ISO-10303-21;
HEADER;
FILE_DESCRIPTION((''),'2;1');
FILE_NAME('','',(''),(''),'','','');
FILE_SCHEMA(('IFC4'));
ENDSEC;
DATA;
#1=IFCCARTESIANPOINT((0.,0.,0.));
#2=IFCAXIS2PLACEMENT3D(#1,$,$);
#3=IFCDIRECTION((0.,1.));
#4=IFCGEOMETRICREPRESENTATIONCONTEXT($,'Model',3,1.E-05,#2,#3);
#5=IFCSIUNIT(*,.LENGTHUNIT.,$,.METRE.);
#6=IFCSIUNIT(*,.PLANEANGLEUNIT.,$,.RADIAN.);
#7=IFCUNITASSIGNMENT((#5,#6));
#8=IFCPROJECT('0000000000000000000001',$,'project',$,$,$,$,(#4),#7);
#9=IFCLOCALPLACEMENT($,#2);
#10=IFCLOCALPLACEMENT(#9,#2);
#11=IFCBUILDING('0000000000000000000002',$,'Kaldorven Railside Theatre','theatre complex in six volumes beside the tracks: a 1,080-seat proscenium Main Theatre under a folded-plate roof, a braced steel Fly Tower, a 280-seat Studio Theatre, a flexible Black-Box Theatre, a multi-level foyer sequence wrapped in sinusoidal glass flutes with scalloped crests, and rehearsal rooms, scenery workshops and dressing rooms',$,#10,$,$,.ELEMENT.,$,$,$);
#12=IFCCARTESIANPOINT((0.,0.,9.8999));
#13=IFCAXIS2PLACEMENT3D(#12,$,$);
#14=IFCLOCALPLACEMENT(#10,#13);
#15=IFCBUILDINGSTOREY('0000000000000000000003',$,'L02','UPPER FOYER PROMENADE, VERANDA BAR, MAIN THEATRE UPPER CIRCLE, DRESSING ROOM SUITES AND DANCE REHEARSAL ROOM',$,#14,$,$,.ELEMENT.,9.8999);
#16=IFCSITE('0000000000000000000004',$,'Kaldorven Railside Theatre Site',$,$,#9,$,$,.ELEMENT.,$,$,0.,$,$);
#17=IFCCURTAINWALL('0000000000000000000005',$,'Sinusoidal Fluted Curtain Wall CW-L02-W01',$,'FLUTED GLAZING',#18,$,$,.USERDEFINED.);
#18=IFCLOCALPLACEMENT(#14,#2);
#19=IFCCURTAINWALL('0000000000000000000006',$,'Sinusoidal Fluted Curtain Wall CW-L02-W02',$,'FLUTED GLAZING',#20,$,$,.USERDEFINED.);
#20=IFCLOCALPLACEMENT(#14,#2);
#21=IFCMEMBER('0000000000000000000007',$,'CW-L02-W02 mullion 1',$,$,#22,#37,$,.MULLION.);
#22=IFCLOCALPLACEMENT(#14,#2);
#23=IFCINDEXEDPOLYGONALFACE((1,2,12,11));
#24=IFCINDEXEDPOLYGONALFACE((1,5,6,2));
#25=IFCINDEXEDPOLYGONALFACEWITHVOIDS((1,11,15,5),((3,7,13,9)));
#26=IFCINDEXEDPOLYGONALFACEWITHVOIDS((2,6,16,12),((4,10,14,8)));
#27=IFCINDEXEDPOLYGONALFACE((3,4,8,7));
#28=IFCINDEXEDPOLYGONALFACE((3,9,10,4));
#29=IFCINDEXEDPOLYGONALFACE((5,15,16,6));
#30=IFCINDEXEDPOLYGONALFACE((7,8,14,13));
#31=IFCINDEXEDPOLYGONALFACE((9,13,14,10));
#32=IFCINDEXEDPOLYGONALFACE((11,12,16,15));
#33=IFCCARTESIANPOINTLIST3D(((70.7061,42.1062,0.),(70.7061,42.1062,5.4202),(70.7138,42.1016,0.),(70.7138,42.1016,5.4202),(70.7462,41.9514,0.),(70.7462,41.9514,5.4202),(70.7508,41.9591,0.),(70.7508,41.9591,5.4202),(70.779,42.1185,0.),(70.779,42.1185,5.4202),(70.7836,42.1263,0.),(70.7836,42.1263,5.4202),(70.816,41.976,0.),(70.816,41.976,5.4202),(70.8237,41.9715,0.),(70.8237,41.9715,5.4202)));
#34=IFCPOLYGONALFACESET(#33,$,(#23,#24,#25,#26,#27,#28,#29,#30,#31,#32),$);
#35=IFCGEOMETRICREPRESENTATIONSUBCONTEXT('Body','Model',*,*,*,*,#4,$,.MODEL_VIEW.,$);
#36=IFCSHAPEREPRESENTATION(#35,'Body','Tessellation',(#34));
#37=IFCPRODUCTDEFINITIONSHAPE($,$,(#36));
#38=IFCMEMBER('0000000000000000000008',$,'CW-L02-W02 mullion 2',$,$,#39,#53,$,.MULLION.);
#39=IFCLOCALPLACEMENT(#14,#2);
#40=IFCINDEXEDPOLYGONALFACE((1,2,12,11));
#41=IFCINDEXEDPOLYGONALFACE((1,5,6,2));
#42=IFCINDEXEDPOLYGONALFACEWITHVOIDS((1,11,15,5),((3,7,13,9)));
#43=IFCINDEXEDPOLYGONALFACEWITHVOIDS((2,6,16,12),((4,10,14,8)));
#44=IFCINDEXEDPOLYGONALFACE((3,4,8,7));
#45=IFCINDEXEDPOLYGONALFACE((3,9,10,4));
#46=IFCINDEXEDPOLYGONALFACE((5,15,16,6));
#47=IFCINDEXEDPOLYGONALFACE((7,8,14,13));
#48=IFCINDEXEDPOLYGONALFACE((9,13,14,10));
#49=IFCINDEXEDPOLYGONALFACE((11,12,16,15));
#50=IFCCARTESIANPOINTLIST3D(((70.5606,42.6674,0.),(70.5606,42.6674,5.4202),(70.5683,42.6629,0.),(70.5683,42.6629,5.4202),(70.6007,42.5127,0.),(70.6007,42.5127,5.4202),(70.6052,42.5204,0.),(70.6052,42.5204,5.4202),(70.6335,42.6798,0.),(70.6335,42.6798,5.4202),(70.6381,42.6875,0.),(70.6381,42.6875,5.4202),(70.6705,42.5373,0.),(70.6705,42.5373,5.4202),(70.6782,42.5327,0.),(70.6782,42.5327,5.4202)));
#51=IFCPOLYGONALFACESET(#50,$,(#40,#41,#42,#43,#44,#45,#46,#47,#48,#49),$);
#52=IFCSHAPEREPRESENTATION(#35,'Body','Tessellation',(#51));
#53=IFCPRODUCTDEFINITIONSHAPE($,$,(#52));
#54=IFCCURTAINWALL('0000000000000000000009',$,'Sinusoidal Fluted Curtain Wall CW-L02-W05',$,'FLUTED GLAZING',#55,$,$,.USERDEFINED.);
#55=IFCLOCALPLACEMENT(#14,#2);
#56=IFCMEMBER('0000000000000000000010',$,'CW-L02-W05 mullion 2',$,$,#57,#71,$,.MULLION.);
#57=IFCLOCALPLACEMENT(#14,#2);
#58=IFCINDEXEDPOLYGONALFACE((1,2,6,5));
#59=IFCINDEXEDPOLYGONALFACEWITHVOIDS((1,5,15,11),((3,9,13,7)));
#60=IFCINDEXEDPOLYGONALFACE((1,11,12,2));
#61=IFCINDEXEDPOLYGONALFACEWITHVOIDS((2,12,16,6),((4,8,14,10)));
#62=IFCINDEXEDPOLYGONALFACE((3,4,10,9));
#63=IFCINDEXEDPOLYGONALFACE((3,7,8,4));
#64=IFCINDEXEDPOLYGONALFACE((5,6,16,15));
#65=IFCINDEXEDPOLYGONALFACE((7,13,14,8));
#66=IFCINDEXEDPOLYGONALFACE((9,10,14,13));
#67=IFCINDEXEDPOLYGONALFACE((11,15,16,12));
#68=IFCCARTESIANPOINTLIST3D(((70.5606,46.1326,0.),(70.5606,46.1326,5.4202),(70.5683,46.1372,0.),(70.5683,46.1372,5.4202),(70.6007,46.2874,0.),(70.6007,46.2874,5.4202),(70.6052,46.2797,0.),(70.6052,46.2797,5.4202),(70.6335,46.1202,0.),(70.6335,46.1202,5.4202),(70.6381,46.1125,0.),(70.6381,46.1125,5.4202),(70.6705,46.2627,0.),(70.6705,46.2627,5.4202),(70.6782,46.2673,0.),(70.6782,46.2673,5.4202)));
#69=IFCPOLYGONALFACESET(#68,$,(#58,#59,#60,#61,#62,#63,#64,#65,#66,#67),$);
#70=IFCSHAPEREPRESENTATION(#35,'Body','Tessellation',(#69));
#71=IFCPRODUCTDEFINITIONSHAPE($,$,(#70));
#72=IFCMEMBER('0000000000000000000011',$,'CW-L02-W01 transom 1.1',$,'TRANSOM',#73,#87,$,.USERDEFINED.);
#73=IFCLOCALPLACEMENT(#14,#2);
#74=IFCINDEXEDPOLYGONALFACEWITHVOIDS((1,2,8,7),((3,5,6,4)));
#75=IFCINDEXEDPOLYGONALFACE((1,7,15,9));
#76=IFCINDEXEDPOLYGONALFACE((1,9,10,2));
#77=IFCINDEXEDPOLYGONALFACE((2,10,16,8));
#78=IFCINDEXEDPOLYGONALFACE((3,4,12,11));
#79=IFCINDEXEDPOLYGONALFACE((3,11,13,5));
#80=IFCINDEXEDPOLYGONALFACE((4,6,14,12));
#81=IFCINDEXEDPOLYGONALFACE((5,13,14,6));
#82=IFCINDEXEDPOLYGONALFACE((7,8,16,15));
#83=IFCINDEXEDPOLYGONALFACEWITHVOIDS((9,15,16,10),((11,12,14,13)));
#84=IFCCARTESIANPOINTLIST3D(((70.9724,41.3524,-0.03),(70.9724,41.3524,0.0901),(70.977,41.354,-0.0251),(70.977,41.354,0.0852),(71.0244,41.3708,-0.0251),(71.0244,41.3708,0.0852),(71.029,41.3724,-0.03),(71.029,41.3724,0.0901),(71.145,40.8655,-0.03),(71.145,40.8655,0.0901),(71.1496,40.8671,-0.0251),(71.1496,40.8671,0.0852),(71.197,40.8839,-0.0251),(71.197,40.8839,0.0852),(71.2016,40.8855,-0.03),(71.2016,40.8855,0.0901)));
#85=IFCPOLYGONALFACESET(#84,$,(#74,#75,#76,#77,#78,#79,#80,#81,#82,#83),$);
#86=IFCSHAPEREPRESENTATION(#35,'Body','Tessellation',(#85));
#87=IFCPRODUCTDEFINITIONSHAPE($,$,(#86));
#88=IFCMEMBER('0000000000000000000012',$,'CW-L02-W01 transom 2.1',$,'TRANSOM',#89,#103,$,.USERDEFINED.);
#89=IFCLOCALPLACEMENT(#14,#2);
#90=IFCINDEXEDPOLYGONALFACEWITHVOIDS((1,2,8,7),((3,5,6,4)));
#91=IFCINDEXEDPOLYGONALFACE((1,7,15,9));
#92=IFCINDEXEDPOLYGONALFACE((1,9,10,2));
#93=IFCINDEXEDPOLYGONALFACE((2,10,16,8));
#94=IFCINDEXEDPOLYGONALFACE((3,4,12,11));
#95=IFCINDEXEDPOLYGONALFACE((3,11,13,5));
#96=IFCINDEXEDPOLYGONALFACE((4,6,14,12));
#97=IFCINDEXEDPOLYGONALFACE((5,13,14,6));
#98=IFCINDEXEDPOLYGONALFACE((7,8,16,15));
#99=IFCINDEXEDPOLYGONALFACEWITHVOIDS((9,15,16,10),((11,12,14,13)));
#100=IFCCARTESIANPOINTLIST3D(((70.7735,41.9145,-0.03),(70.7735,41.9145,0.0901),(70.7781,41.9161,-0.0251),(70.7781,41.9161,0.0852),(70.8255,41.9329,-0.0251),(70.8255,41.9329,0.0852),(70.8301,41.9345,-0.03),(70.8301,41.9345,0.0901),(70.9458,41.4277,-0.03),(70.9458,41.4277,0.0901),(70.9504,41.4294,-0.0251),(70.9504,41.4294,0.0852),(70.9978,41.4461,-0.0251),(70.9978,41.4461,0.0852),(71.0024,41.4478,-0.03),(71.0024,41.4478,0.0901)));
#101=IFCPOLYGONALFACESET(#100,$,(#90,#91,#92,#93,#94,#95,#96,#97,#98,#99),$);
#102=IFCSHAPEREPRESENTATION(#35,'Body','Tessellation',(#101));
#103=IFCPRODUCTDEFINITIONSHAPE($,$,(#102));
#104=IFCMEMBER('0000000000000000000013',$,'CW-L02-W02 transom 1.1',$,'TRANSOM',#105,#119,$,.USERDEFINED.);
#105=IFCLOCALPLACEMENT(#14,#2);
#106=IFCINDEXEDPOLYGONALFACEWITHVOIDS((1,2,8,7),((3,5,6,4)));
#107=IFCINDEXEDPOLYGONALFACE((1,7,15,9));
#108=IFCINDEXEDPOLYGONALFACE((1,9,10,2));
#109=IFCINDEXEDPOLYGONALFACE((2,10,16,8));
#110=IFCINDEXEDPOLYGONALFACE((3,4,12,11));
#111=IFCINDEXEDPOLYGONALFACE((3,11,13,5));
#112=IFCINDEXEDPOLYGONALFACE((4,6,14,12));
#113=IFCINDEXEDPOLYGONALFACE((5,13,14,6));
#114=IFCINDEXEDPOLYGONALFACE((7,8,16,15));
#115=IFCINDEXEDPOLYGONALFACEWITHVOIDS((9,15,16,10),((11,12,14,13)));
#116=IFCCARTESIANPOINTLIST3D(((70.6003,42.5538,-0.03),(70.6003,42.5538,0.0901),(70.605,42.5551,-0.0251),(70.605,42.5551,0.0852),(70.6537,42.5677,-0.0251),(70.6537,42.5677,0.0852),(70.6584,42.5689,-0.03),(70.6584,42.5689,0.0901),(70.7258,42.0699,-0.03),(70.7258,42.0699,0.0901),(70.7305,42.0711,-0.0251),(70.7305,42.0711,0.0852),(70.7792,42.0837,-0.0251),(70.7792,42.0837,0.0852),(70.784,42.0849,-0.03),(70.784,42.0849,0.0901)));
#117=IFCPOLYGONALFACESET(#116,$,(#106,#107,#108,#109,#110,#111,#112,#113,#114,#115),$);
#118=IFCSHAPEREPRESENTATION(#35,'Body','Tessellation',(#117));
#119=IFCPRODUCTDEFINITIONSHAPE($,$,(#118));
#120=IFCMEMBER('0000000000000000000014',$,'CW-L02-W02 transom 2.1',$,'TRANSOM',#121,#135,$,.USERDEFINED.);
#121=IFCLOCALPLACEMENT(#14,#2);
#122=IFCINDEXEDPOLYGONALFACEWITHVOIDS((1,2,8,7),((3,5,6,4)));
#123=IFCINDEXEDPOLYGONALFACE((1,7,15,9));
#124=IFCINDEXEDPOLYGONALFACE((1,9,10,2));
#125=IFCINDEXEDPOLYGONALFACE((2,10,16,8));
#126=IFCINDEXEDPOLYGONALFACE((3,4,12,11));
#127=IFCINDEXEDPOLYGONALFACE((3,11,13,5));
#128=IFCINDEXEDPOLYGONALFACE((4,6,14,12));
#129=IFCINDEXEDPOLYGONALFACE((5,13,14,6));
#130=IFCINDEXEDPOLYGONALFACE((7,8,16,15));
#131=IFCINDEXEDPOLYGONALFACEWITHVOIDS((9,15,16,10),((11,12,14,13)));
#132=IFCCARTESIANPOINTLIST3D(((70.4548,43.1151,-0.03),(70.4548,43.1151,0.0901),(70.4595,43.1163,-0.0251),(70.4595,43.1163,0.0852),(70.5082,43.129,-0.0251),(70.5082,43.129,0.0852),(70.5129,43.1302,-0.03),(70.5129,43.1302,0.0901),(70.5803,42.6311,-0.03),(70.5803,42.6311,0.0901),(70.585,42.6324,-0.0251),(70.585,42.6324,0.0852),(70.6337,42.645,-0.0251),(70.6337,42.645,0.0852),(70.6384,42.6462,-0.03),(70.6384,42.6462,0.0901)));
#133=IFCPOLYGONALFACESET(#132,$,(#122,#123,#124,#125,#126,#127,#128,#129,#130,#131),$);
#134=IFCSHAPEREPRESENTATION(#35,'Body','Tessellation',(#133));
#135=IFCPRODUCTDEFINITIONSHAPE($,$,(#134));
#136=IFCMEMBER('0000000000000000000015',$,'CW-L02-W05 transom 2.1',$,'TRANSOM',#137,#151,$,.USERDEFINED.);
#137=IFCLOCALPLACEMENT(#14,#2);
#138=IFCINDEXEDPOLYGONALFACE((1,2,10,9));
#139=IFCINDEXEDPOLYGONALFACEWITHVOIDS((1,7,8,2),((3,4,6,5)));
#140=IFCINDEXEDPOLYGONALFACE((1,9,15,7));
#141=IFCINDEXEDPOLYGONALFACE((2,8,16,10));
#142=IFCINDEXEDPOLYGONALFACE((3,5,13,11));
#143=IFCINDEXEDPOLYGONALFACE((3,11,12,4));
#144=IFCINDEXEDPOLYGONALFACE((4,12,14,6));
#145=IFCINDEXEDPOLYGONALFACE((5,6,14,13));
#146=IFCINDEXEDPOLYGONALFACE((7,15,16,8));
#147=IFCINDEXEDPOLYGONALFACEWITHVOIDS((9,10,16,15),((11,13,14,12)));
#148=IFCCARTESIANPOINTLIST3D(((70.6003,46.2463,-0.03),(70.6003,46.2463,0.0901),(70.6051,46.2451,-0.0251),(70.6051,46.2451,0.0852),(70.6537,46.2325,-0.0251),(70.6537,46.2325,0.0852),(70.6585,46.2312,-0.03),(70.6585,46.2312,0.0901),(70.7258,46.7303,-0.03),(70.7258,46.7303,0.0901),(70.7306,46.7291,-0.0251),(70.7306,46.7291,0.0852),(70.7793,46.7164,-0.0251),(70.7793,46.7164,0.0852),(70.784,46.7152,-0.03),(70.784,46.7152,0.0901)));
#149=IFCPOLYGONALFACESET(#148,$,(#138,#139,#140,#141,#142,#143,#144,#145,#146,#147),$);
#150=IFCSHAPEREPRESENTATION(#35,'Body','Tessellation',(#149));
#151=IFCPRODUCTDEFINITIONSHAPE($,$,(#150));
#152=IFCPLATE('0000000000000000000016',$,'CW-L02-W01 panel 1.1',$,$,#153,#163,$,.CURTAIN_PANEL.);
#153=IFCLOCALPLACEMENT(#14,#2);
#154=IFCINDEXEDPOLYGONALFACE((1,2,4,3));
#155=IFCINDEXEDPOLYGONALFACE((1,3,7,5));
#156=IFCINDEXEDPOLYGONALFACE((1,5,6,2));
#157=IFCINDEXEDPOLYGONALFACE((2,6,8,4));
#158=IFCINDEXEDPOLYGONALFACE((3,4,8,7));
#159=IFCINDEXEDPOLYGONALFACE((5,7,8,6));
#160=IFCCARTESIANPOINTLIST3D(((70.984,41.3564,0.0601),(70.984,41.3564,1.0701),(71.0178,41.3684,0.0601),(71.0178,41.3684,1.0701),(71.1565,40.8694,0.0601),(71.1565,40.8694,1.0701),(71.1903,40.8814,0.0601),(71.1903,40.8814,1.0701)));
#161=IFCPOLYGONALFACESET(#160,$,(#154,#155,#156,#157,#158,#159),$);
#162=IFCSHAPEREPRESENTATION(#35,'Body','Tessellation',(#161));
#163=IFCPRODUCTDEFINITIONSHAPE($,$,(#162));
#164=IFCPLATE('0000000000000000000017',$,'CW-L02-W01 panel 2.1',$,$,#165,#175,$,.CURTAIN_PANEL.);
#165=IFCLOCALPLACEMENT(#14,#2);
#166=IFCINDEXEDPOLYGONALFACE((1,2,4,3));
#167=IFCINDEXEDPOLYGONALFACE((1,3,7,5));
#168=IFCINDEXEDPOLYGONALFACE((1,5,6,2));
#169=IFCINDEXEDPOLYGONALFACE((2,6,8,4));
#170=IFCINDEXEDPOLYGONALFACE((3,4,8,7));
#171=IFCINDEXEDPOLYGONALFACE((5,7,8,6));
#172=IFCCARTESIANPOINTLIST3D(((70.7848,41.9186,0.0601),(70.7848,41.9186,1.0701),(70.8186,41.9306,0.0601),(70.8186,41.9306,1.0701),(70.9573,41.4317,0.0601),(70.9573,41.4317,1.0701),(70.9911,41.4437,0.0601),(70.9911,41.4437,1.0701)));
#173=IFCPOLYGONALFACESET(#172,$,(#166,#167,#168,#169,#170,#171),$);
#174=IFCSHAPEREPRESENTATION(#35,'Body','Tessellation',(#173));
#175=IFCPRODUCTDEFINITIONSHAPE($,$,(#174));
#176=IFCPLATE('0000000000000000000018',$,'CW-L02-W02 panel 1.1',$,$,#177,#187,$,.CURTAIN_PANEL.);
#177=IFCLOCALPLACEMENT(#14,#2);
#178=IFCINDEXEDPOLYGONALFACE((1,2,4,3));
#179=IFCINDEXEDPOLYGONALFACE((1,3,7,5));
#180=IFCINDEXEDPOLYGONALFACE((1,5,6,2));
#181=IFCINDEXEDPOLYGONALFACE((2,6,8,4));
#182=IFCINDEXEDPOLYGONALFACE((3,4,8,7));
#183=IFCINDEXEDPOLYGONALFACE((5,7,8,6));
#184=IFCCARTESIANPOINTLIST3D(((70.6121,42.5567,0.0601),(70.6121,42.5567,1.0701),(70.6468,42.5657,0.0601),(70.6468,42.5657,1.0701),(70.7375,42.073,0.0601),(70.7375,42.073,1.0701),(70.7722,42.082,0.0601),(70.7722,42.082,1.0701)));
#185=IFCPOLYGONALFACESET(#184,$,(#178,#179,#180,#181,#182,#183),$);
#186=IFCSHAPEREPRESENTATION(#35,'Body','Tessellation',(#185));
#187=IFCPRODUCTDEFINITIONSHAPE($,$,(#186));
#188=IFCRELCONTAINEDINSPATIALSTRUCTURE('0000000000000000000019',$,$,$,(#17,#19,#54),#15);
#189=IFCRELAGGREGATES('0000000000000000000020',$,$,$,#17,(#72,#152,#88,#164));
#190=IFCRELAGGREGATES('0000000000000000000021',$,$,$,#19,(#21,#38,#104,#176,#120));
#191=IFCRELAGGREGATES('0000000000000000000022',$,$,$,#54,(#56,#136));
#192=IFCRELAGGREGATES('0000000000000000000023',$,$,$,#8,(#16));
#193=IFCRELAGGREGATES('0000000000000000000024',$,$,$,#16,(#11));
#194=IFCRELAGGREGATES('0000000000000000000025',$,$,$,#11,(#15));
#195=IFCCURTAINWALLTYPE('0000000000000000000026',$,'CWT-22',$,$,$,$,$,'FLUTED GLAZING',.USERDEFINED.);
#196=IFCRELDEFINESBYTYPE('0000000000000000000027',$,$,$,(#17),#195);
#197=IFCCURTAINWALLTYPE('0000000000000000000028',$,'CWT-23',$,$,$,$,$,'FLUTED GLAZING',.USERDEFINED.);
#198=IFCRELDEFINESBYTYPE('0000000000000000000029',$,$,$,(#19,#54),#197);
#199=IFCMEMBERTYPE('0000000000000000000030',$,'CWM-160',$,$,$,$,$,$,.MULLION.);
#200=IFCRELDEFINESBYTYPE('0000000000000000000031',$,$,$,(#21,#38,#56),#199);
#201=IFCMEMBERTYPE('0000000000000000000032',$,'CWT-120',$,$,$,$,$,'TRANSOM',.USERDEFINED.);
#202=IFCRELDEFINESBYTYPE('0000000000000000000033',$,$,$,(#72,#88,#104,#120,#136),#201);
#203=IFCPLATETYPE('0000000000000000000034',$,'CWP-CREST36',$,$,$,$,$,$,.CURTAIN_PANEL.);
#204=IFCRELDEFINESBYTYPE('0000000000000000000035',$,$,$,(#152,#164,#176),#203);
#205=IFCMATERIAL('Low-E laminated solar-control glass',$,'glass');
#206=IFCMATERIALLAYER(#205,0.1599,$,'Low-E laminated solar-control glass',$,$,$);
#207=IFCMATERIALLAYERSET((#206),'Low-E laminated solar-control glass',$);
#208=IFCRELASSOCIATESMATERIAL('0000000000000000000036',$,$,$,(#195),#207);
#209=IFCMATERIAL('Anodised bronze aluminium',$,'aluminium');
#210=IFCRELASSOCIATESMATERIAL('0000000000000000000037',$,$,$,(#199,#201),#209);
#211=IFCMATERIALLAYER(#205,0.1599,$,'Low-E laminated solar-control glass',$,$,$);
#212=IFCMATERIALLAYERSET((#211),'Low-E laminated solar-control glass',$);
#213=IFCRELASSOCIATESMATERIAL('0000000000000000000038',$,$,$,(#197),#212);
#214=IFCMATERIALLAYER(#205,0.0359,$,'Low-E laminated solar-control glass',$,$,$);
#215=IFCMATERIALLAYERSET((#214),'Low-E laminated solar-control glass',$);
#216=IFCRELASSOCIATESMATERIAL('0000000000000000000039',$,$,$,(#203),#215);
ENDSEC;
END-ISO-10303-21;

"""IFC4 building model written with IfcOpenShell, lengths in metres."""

from ifc_helpers import new_model, si_unit, direction, frame, origin, origin_2d, place, context, subcontext, project, spatial, rectangle, hollow_rectangle, extrude, material, layer, layer_set, material_profile, profile_set, type_object, element, aggregate, save


model = new_model("IFC4")

# Units and contexts
model_context = context("Model", 3, precision=1e-05, world=origin(), true_north=direction((0.0, 1.0)))
body_context = subcontext(model_context, "Body", "Model", "MODEL_VIEW")
ifc_project = project(units=[si_unit("LENGTHUNIT", "METRE"), si_unit("PLANEANGLEUNIT", "RADIAN")], contexts=[model_context])

# Site, building, storey
site_placement = place(None, origin())
site = spatial("IfcSite", under=ifc_project, at=site_placement, Name="Kaldorven Railside Theatre Site", CompositionType="ELEMENT", RefElevation=0.0)
building_placement = place(site_placement, origin())
building = spatial("IfcBuilding", under=site, at=building_placement, Name="Kaldorven Railside Theatre", Description="theatre complex in six volumes beside the tracks: a 1,080-seat proscenium Main Theatre under a folded-plate roof, a braced steel Fly Tower, a 280-seat Studio Theatre, a flexible Black-Box Theatre, a multi-level foyer sequence wrapped in sinusoidal glass flutes with scalloped crests, and rehearsal rooms, scenery workshops and dressing rooms", CompositionType="ELEMENT")
storey_placement = place(building_placement, frame((0.0, 0.0, 9.8999)))
storey = spatial("IfcBuildingStorey", under=building, at=storey_placement, Name="L02", Description="UPPER FOYER PROMENADE, VERANDA BAR, MAIN THEATRE UPPER CIRCLE, DRESSING ROOM SUITES AND DANCE REHEARSAL ROOM", CompositionType="ELEMENT", Elevation=9.8999)

# Curtain walls, members
ifc_material_1 = material(Name="Low-E laminated solar-control glass", Category="glass")
ifc_layer_1 = layer(ifc_material_1, 0.1599, Name="Low-E laminated solar-control glass")
ifc_layer_set_1 = layer_set([ifc_layer_1], Name="Low-E laminated solar-control glass")
curtain_wall_type_1 = type_object("IfcCurtainWallType", Name="CWT-22", ElementType="FLUTED GLAZING", PredefinedType="USERDEFINED", material=ifc_layer_set_1)
curtain_wall_1_placement = place(storey_placement, origin())
curtain_wall_1 = element("IfcCurtainWall", 1, at=curtain_wall_1_placement, inside=storey, type_object=curtain_wall_type_1, Name="Sinusoidal Fluted Curtain Wall CW-L02-W01", ObjectType="FLUTED GLAZING", PredefinedType="USERDEFINED")
ifc_material_2 = material(Name="Anodised bronze aluminium", Category="aluminium")
ifc_material_profile_1 = material_profile(ifc_material_2, hollow_rectangle(XDim=0.0801, YDim=0.1599, WallThickness=0.0063, at=origin_2d()), Name="RHS 160x80x6.3")
ifc_profile_set_1 = profile_set([ifc_material_profile_1], Name="Anodised bronze aluminium")
member_type_1 = type_object("IfcMemberType", Name="CWM-160", PredefinedType="MULLION", material=ifc_profile_set_1)
ifc_layer_2 = layer(ifc_material_1, 0.1599, Name="Low-E laminated solar-control glass")
ifc_layer_set_2 = layer_set([ifc_layer_2], Name="Low-E laminated solar-control glass")
curtain_wall_type_2 = type_object("IfcCurtainWallType", Name="CWT-23", ElementType="FLUTED GLAZING", PredefinedType="USERDEFINED", material=ifc_layer_set_2)
curtain_wall_2_placement = place(storey_placement, origin())
curtain_wall_2 = element("IfcCurtainWall", 2, at=curtain_wall_2_placement, inside=storey, type_object=curtain_wall_type_2, Name="Sinusoidal Fluted Curtain Wall CW-L02-W02", ObjectType="FLUTED GLAZING", PredefinedType="USERDEFINED")
member_1_placement = place(storey_placement, frame((70.7649, 42.0388, 0.0), z_axis=(0.0, 0.0, 1.0), x_axis=(-0.967999, -0.250954, 0.0)))
member_1 = element("IfcMember", 3, at=member_1_placement, type_object=member_type_1, Name="CW-L02-W02 mullion 1", PredefinedType="MULLION", context=body_context, shape_type="SweptSolid", body=[
    extrude(hollow_rectangle(XDim=0.0801, YDim=0.1599, WallThickness=0.0063, at=origin_2d()), origin(), (0.0, 0.0, 1.0), 5.4202),
])
member_2_placement = place(storey_placement, frame((70.6194, 42.6001, 0.0), z_axis=(0.0, 0.0, 1.0), x_axis=(-0.967999, -0.250954, 0.0)))
member_2 = element("IfcMember", 4, at=member_2_placement, type_object=member_type_1, Name="CW-L02-W02 mullion 2", PredefinedType="MULLION", context=body_context, shape_type="SweptSolid", body=[
    extrude(hollow_rectangle(XDim=0.0801, YDim=0.1599, WallThickness=0.0063, at=origin_2d()), origin(), (0.0, 0.0, 1.0), 5.4202),
])

# Curtain wall, member
curtain_wall_3_placement = place(storey_placement, origin())
curtain_wall_3 = element("IfcCurtainWall", 5, at=curtain_wall_3_placement, inside=storey, type_object=curtain_wall_type_2, Name="Sinusoidal Fluted Curtain Wall CW-L02-W05", ObjectType="FLUTED GLAZING", PredefinedType="USERDEFINED")
member_3_placement = place(storey_placement, frame((70.6194, 46.2, 0.0), z_axis=(0.0, 0.0, 1.0), x_axis=(-0.967999, 0.250954, 0.0)))
member_3 = element("IfcMember", 6, at=member_3_placement, type_object=member_type_1, Name="CW-L02-W05 mullion 2", PredefinedType="MULLION", context=body_context, shape_type="SweptSolid", body=[
    extrude(hollow_rectangle(XDim=0.0801, YDim=0.1599, WallThickness=0.0063, at=origin_2d()), origin(), (0.0, 0.0, 1.0), 5.4202),
])

# Members
ifc_material_profile_2 = material_profile(ifc_material_2, hollow_rectangle(XDim=0.0601, YDim=0.1201, WallThickness=0.0049, at=origin_2d()), Name="RHS 120x60x5")
ifc_profile_set_2 = profile_set([ifc_material_profile_2], Name="Anodised bronze aluminium")
member_type_2 = type_object("IfcMemberType", Name="CWT-120", ElementType="TRANSOM", PredefinedType="USERDEFINED", material=ifc_profile_set_2)
member_4_placement = place(storey_placement, frame((71.1733, 40.8755, 0.03), z_axis=(-0.33418, 0.942509, 0.0), x_axis=(-0.942509, -0.33418, 0.0)))
member_4 = element("IfcMember", 7, at=member_4_placement, type_object=member_type_2, Name="CW-L02-W01 transom 1.1", ObjectType="TRANSOM", PredefinedType="USERDEFINED", context=body_context, shape_type="SweptSolid", body=[
    extrude(hollow_rectangle(XDim=0.0601, YDim=0.1201, WallThickness=0.0049, at=origin_2d()), origin(), (0.0, 0.0, 1.0), 0.5166),
])
member_5_placement = place(storey_placement, frame((70.9741, 41.4377, 0.03), z_axis=(-0.33376, 0.942658, 0.0), x_axis=(-0.942658, -0.33376, 0.0)))
member_5 = element("IfcMember", 8, at=member_5_placement, type_object=member_type_2, Name="CW-L02-W01 transom 2.1", ObjectType="TRANSOM", PredefinedType="USERDEFINED", context=body_context, shape_type="SweptSolid", body=[
    extrude(hollow_rectangle(XDim=0.0601, YDim=0.1201, WallThickness=0.0049, at=origin_2d()), origin(), (0.0, 0.0, 1.0), 0.5164),
])
member_6_placement = place(storey_placement, frame((70.7549, 42.0774, 0.03), z_axis=(-0.25103, 0.967979, 0.0), x_axis=(-0.967979, -0.25103, 0.0)))
member_6 = element("IfcMember", 9, at=member_6_placement, type_object=member_type_2, Name="CW-L02-W02 transom 1.1", ObjectType="TRANSOM", PredefinedType="USERDEFINED", context=body_context, shape_type="SweptSolid", body=[
    extrude(hollow_rectangle(XDim=0.0601, YDim=0.1201, WallThickness=0.0049, at=origin_2d()), origin(), (0.0, 0.0, 1.0), 0.5),
])
member_7_placement = place(storey_placement, frame((70.6094, 42.6387, 0.03), z_axis=(-0.25103, 0.967979, 0.0), x_axis=(-0.967979, -0.25103, 0.0)))
member_7 = element("IfcMember", 10, at=member_7_placement, type_object=member_type_2, Name="CW-L02-W02 transom 2.1", ObjectType="TRANSOM", PredefinedType="USERDEFINED", context=body_context, shape_type="SweptSolid", body=[
    extrude(hollow_rectangle(XDim=0.0601, YDim=0.1201, WallThickness=0.0049, at=origin_2d()), origin(), (0.0, 0.0, 1.0), 0.5),
])
member_8_placement = place(storey_placement, frame((70.6294, 46.2388, 0.03), z_axis=(0.25103, 0.967979, 0.0), x_axis=(-0.967979, 0.25103, 0.0)))
member_8 = element("IfcMember", 11, at=member_8_placement, type_object=member_type_2, Name="CW-L02-W05 transom 2.1", ObjectType="TRANSOM", PredefinedType="USERDEFINED", context=body_context, shape_type="SweptSolid", body=[
    extrude(hollow_rectangle(XDim=0.0601, YDim=0.1201, WallThickness=0.0049, at=origin_2d()), origin(), (0.0, 0.0, 1.0), 0.5),
])

# Plates
ifc_layer_3 = layer(ifc_material_1, 0.0359, Name="Low-E laminated solar-control glass")
ifc_layer_set_3 = layer_set([ifc_layer_3], Name="Low-E laminated solar-control glass")
plate_type = type_object("IfcPlateType", Name="CWP-CREST36", PredefinedType="CURTAIN_PANEL", material=ifc_layer_set_3)
plate_1_placement = place(storey_placement, frame((71.0872, 41.1189, 0.0601), z_axis=(0.0, 0.0, 1.0), x_axis=(-0.333847, 0.942627, 0.0)))
plate_1 = element("IfcPlate", 12, at=plate_1_placement, type_object=plate_type, Name="CW-L02-W01 panel 1.1", PredefinedType="CURTAIN_PANEL", context=body_context, shape_type="SweptSolid", body=[
    extrude(rectangle(XDim=0.5166, YDim=0.0359, at=origin_2d()), origin(), (0.0, 0.0, 1.0), 1.01),
])
plate_2_placement = place(storey_placement, frame((70.8879, 41.6812, 0.0601), z_axis=(0.0, 0.0, 1.0), x_axis=(-0.333847, 0.942627, 0.0)))
plate_2 = element("IfcPlate", 13, at=plate_2_placement, type_object=plate_type, Name="CW-L02-W01 panel 2.1", PredefinedType="CURTAIN_PANEL", context=body_context, shape_type="SweptSolid", body=[
    extrude(rectangle(XDim=0.5166, YDim=0.0359, at=origin_2d()), origin(), (0.0, 0.0, 1.0), 1.01),
])
aggregate(curtain_wall_1, [member_4, plate_1, member_5, plate_2])
plate_3_placement = place(storey_placement, frame((70.6921, 42.3193, 0.0601), z_axis=(0.0, 0.0, 1.0), x_axis=(-0.250954, 0.967999, 0.0)))
plate_3 = element("IfcPlate", 14, at=plate_3_placement, type_object=plate_type, Name="CW-L02-W02 panel 1.1", PredefinedType="CURTAIN_PANEL", context=body_context, shape_type="SweptSolid", body=[
    extrude(rectangle(XDim=0.4998, YDim=0.0359, at=origin_2d()), origin(), (0.0, 0.0, 1.0), 1.01),
])
aggregate(curtain_wall_2, [member_1, member_2, member_6, plate_3, member_7])
aggregate(curtain_wall_3, [member_3, member_8])

save(model, "model.ifc")
